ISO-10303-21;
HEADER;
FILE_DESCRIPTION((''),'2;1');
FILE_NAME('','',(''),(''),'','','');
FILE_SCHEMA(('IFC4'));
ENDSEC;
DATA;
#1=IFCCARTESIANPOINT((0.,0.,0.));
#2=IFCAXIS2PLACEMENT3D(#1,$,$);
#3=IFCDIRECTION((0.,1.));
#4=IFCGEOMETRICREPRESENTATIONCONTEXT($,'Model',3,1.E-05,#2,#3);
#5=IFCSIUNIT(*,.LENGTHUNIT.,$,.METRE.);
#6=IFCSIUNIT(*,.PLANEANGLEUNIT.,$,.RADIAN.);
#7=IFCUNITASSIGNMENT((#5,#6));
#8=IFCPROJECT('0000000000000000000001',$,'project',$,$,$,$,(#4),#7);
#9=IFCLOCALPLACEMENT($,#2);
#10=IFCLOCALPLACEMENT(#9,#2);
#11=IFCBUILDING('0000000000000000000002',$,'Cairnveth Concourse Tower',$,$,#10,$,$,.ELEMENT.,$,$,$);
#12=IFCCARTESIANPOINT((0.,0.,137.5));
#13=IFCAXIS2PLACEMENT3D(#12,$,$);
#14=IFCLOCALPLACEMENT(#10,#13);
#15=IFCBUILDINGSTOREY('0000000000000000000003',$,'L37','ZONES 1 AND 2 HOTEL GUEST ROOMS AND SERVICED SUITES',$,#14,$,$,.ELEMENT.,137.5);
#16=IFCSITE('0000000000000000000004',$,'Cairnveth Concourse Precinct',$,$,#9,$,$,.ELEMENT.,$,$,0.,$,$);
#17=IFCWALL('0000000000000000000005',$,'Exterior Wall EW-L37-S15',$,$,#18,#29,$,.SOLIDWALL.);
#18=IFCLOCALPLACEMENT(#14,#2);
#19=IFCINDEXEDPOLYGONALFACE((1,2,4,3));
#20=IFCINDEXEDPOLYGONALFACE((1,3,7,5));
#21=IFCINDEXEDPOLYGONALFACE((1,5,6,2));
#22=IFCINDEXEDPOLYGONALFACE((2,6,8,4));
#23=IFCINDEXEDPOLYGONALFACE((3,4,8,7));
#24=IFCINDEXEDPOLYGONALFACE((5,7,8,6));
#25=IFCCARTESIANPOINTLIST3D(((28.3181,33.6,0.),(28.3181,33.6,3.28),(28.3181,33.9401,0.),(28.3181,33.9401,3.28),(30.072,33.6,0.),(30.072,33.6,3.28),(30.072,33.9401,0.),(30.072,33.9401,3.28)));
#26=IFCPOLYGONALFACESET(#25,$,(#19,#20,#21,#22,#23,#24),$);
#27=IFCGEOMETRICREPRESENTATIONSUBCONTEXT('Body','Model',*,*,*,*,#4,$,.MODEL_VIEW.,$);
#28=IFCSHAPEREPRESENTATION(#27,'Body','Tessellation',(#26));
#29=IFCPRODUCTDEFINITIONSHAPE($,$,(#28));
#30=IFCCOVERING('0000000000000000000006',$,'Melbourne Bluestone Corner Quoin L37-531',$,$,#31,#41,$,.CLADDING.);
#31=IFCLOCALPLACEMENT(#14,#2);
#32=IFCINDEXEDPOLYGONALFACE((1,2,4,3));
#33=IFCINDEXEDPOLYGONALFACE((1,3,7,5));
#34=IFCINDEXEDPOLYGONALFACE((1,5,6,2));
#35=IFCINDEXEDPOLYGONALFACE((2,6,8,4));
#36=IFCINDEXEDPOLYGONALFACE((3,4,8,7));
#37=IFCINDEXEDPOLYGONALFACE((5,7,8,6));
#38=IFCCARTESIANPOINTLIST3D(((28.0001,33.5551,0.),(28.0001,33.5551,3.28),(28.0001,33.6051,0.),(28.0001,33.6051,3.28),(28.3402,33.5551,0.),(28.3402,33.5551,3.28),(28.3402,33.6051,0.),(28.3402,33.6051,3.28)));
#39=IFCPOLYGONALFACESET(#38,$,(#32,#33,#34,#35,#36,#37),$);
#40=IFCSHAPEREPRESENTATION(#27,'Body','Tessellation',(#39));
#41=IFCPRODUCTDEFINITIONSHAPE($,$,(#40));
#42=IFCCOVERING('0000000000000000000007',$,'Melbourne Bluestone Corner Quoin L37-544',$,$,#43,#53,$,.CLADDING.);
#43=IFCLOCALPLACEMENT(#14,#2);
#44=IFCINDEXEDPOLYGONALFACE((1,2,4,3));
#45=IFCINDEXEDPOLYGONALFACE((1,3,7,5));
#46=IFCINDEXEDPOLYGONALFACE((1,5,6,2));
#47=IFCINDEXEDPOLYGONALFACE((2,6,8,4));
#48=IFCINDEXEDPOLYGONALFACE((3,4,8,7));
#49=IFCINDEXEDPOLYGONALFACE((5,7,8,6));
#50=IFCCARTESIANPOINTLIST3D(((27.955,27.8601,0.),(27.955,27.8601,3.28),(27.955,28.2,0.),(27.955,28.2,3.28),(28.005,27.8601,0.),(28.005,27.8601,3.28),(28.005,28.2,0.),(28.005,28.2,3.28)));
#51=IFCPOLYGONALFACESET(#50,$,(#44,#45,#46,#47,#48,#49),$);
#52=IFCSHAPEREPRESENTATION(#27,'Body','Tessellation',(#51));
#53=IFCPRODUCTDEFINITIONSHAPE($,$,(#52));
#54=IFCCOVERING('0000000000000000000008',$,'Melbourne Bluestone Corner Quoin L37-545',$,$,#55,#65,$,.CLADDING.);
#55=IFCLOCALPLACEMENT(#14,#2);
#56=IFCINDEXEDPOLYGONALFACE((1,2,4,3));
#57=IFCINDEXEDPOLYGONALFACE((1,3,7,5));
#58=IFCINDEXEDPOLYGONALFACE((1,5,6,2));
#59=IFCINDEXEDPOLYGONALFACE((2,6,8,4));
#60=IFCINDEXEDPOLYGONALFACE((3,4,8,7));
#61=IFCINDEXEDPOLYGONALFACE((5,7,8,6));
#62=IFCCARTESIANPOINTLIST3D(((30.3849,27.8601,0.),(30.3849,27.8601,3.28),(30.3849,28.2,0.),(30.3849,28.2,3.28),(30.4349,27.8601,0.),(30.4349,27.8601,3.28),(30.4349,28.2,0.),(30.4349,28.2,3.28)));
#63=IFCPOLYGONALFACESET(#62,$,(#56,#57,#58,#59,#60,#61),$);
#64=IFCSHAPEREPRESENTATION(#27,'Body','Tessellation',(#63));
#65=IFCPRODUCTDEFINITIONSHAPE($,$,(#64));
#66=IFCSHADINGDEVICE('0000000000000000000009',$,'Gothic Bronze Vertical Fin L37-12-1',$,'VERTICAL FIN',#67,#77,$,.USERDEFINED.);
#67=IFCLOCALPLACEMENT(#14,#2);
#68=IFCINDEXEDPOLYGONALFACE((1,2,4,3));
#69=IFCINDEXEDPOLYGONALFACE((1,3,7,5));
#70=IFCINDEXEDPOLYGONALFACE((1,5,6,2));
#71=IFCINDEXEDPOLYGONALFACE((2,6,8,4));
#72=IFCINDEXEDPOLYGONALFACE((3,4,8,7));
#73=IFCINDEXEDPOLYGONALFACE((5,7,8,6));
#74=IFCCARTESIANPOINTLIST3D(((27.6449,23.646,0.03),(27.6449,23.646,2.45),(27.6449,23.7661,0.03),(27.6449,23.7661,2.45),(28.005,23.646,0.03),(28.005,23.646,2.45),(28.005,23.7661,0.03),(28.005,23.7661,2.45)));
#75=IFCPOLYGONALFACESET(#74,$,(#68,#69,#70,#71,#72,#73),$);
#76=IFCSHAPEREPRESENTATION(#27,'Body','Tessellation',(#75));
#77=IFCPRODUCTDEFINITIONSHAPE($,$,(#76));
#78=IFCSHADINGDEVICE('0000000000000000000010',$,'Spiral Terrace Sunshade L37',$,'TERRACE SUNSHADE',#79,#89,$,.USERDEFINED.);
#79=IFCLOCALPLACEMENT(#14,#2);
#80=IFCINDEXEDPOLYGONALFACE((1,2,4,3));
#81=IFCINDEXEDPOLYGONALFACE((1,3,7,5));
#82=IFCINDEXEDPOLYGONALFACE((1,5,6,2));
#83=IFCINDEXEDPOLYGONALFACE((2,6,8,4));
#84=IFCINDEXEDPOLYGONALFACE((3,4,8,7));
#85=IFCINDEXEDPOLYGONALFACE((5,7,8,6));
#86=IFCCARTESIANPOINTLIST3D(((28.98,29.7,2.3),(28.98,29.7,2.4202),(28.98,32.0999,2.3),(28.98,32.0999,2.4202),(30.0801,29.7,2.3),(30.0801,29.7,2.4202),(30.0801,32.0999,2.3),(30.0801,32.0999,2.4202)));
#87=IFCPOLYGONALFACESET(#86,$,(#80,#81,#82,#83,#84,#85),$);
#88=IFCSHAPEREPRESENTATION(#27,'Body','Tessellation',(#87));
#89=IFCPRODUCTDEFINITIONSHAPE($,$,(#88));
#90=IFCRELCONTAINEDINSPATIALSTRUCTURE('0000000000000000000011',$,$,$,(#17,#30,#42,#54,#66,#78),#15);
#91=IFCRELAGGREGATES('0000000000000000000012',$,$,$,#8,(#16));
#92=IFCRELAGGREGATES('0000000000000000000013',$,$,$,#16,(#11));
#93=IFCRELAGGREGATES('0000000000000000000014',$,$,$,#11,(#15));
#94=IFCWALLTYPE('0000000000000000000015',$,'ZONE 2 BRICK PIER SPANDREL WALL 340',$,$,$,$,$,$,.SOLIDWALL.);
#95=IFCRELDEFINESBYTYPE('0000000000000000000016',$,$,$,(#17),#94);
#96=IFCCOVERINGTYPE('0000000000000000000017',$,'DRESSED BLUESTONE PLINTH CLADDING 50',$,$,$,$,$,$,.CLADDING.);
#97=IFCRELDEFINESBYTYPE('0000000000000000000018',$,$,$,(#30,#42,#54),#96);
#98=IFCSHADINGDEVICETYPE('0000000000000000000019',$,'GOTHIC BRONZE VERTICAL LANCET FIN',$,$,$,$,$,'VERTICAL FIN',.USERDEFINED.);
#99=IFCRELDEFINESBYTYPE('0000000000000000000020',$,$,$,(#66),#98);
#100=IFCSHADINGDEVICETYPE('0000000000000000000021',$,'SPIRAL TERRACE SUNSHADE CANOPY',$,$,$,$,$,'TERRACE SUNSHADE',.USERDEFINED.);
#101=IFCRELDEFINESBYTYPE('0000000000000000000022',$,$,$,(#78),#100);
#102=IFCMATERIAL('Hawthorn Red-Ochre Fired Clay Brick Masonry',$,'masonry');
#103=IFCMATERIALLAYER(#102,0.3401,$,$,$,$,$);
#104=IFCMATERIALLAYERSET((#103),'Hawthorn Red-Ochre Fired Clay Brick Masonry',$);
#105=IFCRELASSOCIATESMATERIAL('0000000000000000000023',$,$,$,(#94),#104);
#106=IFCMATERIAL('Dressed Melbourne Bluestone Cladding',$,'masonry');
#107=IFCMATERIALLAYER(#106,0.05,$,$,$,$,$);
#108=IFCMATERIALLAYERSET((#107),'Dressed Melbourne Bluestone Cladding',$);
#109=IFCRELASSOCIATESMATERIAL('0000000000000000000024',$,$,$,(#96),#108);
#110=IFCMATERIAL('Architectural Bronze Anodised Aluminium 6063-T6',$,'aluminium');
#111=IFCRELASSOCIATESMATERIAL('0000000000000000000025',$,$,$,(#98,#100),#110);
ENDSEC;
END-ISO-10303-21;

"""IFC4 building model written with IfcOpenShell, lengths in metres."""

from ifc_helpers import new_model, si_unit, direction, frame, frame_2d, origin, origin_2d, place, context, subcontext, project, spatial, rectangle, extrude, material, layer, layer_set, type_object, element, save


model = new_model("IFC4")

# Units and contexts
model_context = context("Model", 3, precision=1e-05, world=origin(), true_north=direction((0.0, 1.0)))
body_context = subcontext(model_context, "Body", "Model", "MODEL_VIEW")
ifc_project = project(units=[si_unit("LENGTHUNIT", "METRE"), si_unit("PLANEANGLEUNIT", "RADIAN")], contexts=[model_context])

# Site, building, storey
site_placement = place(None, origin())
site = spatial("IfcSite", under=ifc_project, at=site_placement, Name="Cairnveth Concourse Precinct", CompositionType="ELEMENT", RefElevation=0.0)
building_placement = place(site_placement, origin())
building = spatial("IfcBuilding", under=site, at=building_placement, Name="Cairnveth Concourse Tower", CompositionType="ELEMENT")
storey_placement = place(building_placement, frame((0.0, 0.0, 137.5)))
storey = spatial("IfcBuildingStorey", under=building, at=storey_placement, Name="L37", Description="ZONES 1 AND 2 HOTEL GUEST ROOMS AND SERVICED SUITES", CompositionType="ELEMENT", Elevation=137.5)

# Shared definitions
ifc_material_1 = material(Name="Dressed Melbourne Bluestone Cladding", Category="masonry")

# Shared definitions
ifc_material_2 = material(Name="Hawthorn Red-Ochre Fired Clay Brick Masonry", Category="masonry")
ifc_layer_1 = layer(ifc_material_2, 0.3401)
ifc_layer_set_1 = layer_set([ifc_layer_1], Name="Hawthorn Red-Ochre Fired Clay Brick Masonry")
wall_type_1 = type_object("IfcWallType", Name="ZONE 2 BRICK PIER SPANDREL WALL 340", PredefinedType="SOLIDWALL", material=ifc_layer_set_1)

# Shared definitions
ifc_material_3 = material(Name="Architectural Bronze Anodised Aluminium 6063-T6", Category="aluminium")

# Wall
wall_1_placement = place(storey_placement, frame((30.072, 33.77, 0.0), z_axis=(0.0, 0.0, 1.0), x_axis=(-1.0, 0.0, 0.0)))
element("IfcWall", 1, at=wall_1_placement, inside=storey, type_object=wall_type_1, Name="Exterior Wall EW-L37-S15", PredefinedType="SOLIDWALL", context=body_context, shape_type="SweptSolid", body=[
    extrude(rectangle(XDim=1.7539, YDim=0.3401, at=frame_2d((0.877, 0.0))), origin(), (0.0, 0.0, 1.0), 3.28),
])

# Coverings
ifc_layer_2 = layer(ifc_material_1, 0.05)
ifc_layer_set_2 = layer_set([ifc_layer_2], Name="Dressed Melbourne Bluestone Cladding")
covering_type = type_object("IfcCoveringType", Name="DRESSED BLUESTONE PLINTH CLADDING 50", PredefinedType="CLADDING", material=ifc_layer_set_2)
covering_placement = place(storey_placement, frame((28.3401, 33.5801, 0.0), z_axis=(0.0, 0.0, 1.0), x_axis=(-1.0, 0.0, 0.0)))
element("IfcCovering", 2, at=covering_placement, inside=storey, type_object=covering_type, Name="Melbourne Bluestone Corner Quoin L37-531", PredefinedType="CLADDING", context=body_context, shape_type="SweptSolid", body=[
    extrude(rectangle(XDim=0.3401, YDim=0.05, at=frame_2d((0.1699, 0.0))), origin(), (0.0, 0.0, 1.0), 3.28),
])
for number, where, z_axis, x_axis, name in (
    (3, (27.98, 27.8601, 0.0), (0.0, 0.0, 1.0), (0.0, 1.0, 0.0), "Melbourne Bluestone Corner Quoin L37-544"),
    (4, (30.4099, 27.8601, 0.0), (0.0, 0.0, 1.0), (0.0, 1.0, 0.0), "Melbourne Bluestone Corner Quoin L37-545"),
):
    element("IfcCovering", number, at=place(storey_placement, frame(where, z_axis=z_axis, x_axis=x_axis)), inside=storey, type_object=covering_type, Name=name, PredefinedType="CLADDING", context=body_context, shape_type="SweptSolid", body=[
        extrude(rectangle(XDim=0.3398, YDim=0.05, at=frame_2d((0.1699, 0.0))), origin(), (0.0, 0.0, 1.0), 3.28),
    ])

# Shading devices
shading_device_type_1 = type_object("IfcShadingDeviceType", Name="GOTHIC BRONZE VERTICAL LANCET FIN", ElementType="VERTICAL FIN", PredefinedType="USERDEFINED", material=ifc_material_3)
shading_device_1_placement = place(storey_placement, frame((27.825, 23.7061, 0.03), z_axis=(0.0, 0.0, 1.0), x_axis=(0.0, 1.0, 0.0)))
element("IfcShadingDevice", 5, at=shading_device_1_placement, inside=storey, type_object=shading_device_type_1, Name="Gothic Bronze Vertical Fin L37-12-1", ObjectType="VERTICAL FIN", PredefinedType="USERDEFINED", context=body_context, shape_type="SweptSolid", body=[
    extrude(rectangle(XDim=0.1201, YDim=0.3601, at=origin_2d()), origin(), (0.0, 0.0, 1.0), 2.4199),
])
shading_device_type_2 = type_object("IfcShadingDeviceType", Name="SPIRAL TERRACE SUNSHADE CANOPY", ElementType="TERRACE SUNSHADE", PredefinedType="USERDEFINED", material=ifc_material_3)
shading_device_2_placement = place(storey_placement, frame((29.53, 30.8999, 2.3), z_axis=(0.0, 0.0, 1.0), x_axis=(1.0, 0.0, 0.0)))
element("IfcShadingDevice", 6, at=shading_device_2_placement, inside=storey, type_object=shading_device_type_2, Name="Spiral Terrace Sunshade L37", ObjectType="TERRACE SUNSHADE", PredefinedType="USERDEFINED", context=body_context, shape_type="SweptSolid", body=[
    extrude(rectangle(XDim=1.1001, YDim=2.3999, at=origin_2d()), origin(), (0.0, 0.0, 1.0), 0.1201),
])

save(model, "model.ifc")
